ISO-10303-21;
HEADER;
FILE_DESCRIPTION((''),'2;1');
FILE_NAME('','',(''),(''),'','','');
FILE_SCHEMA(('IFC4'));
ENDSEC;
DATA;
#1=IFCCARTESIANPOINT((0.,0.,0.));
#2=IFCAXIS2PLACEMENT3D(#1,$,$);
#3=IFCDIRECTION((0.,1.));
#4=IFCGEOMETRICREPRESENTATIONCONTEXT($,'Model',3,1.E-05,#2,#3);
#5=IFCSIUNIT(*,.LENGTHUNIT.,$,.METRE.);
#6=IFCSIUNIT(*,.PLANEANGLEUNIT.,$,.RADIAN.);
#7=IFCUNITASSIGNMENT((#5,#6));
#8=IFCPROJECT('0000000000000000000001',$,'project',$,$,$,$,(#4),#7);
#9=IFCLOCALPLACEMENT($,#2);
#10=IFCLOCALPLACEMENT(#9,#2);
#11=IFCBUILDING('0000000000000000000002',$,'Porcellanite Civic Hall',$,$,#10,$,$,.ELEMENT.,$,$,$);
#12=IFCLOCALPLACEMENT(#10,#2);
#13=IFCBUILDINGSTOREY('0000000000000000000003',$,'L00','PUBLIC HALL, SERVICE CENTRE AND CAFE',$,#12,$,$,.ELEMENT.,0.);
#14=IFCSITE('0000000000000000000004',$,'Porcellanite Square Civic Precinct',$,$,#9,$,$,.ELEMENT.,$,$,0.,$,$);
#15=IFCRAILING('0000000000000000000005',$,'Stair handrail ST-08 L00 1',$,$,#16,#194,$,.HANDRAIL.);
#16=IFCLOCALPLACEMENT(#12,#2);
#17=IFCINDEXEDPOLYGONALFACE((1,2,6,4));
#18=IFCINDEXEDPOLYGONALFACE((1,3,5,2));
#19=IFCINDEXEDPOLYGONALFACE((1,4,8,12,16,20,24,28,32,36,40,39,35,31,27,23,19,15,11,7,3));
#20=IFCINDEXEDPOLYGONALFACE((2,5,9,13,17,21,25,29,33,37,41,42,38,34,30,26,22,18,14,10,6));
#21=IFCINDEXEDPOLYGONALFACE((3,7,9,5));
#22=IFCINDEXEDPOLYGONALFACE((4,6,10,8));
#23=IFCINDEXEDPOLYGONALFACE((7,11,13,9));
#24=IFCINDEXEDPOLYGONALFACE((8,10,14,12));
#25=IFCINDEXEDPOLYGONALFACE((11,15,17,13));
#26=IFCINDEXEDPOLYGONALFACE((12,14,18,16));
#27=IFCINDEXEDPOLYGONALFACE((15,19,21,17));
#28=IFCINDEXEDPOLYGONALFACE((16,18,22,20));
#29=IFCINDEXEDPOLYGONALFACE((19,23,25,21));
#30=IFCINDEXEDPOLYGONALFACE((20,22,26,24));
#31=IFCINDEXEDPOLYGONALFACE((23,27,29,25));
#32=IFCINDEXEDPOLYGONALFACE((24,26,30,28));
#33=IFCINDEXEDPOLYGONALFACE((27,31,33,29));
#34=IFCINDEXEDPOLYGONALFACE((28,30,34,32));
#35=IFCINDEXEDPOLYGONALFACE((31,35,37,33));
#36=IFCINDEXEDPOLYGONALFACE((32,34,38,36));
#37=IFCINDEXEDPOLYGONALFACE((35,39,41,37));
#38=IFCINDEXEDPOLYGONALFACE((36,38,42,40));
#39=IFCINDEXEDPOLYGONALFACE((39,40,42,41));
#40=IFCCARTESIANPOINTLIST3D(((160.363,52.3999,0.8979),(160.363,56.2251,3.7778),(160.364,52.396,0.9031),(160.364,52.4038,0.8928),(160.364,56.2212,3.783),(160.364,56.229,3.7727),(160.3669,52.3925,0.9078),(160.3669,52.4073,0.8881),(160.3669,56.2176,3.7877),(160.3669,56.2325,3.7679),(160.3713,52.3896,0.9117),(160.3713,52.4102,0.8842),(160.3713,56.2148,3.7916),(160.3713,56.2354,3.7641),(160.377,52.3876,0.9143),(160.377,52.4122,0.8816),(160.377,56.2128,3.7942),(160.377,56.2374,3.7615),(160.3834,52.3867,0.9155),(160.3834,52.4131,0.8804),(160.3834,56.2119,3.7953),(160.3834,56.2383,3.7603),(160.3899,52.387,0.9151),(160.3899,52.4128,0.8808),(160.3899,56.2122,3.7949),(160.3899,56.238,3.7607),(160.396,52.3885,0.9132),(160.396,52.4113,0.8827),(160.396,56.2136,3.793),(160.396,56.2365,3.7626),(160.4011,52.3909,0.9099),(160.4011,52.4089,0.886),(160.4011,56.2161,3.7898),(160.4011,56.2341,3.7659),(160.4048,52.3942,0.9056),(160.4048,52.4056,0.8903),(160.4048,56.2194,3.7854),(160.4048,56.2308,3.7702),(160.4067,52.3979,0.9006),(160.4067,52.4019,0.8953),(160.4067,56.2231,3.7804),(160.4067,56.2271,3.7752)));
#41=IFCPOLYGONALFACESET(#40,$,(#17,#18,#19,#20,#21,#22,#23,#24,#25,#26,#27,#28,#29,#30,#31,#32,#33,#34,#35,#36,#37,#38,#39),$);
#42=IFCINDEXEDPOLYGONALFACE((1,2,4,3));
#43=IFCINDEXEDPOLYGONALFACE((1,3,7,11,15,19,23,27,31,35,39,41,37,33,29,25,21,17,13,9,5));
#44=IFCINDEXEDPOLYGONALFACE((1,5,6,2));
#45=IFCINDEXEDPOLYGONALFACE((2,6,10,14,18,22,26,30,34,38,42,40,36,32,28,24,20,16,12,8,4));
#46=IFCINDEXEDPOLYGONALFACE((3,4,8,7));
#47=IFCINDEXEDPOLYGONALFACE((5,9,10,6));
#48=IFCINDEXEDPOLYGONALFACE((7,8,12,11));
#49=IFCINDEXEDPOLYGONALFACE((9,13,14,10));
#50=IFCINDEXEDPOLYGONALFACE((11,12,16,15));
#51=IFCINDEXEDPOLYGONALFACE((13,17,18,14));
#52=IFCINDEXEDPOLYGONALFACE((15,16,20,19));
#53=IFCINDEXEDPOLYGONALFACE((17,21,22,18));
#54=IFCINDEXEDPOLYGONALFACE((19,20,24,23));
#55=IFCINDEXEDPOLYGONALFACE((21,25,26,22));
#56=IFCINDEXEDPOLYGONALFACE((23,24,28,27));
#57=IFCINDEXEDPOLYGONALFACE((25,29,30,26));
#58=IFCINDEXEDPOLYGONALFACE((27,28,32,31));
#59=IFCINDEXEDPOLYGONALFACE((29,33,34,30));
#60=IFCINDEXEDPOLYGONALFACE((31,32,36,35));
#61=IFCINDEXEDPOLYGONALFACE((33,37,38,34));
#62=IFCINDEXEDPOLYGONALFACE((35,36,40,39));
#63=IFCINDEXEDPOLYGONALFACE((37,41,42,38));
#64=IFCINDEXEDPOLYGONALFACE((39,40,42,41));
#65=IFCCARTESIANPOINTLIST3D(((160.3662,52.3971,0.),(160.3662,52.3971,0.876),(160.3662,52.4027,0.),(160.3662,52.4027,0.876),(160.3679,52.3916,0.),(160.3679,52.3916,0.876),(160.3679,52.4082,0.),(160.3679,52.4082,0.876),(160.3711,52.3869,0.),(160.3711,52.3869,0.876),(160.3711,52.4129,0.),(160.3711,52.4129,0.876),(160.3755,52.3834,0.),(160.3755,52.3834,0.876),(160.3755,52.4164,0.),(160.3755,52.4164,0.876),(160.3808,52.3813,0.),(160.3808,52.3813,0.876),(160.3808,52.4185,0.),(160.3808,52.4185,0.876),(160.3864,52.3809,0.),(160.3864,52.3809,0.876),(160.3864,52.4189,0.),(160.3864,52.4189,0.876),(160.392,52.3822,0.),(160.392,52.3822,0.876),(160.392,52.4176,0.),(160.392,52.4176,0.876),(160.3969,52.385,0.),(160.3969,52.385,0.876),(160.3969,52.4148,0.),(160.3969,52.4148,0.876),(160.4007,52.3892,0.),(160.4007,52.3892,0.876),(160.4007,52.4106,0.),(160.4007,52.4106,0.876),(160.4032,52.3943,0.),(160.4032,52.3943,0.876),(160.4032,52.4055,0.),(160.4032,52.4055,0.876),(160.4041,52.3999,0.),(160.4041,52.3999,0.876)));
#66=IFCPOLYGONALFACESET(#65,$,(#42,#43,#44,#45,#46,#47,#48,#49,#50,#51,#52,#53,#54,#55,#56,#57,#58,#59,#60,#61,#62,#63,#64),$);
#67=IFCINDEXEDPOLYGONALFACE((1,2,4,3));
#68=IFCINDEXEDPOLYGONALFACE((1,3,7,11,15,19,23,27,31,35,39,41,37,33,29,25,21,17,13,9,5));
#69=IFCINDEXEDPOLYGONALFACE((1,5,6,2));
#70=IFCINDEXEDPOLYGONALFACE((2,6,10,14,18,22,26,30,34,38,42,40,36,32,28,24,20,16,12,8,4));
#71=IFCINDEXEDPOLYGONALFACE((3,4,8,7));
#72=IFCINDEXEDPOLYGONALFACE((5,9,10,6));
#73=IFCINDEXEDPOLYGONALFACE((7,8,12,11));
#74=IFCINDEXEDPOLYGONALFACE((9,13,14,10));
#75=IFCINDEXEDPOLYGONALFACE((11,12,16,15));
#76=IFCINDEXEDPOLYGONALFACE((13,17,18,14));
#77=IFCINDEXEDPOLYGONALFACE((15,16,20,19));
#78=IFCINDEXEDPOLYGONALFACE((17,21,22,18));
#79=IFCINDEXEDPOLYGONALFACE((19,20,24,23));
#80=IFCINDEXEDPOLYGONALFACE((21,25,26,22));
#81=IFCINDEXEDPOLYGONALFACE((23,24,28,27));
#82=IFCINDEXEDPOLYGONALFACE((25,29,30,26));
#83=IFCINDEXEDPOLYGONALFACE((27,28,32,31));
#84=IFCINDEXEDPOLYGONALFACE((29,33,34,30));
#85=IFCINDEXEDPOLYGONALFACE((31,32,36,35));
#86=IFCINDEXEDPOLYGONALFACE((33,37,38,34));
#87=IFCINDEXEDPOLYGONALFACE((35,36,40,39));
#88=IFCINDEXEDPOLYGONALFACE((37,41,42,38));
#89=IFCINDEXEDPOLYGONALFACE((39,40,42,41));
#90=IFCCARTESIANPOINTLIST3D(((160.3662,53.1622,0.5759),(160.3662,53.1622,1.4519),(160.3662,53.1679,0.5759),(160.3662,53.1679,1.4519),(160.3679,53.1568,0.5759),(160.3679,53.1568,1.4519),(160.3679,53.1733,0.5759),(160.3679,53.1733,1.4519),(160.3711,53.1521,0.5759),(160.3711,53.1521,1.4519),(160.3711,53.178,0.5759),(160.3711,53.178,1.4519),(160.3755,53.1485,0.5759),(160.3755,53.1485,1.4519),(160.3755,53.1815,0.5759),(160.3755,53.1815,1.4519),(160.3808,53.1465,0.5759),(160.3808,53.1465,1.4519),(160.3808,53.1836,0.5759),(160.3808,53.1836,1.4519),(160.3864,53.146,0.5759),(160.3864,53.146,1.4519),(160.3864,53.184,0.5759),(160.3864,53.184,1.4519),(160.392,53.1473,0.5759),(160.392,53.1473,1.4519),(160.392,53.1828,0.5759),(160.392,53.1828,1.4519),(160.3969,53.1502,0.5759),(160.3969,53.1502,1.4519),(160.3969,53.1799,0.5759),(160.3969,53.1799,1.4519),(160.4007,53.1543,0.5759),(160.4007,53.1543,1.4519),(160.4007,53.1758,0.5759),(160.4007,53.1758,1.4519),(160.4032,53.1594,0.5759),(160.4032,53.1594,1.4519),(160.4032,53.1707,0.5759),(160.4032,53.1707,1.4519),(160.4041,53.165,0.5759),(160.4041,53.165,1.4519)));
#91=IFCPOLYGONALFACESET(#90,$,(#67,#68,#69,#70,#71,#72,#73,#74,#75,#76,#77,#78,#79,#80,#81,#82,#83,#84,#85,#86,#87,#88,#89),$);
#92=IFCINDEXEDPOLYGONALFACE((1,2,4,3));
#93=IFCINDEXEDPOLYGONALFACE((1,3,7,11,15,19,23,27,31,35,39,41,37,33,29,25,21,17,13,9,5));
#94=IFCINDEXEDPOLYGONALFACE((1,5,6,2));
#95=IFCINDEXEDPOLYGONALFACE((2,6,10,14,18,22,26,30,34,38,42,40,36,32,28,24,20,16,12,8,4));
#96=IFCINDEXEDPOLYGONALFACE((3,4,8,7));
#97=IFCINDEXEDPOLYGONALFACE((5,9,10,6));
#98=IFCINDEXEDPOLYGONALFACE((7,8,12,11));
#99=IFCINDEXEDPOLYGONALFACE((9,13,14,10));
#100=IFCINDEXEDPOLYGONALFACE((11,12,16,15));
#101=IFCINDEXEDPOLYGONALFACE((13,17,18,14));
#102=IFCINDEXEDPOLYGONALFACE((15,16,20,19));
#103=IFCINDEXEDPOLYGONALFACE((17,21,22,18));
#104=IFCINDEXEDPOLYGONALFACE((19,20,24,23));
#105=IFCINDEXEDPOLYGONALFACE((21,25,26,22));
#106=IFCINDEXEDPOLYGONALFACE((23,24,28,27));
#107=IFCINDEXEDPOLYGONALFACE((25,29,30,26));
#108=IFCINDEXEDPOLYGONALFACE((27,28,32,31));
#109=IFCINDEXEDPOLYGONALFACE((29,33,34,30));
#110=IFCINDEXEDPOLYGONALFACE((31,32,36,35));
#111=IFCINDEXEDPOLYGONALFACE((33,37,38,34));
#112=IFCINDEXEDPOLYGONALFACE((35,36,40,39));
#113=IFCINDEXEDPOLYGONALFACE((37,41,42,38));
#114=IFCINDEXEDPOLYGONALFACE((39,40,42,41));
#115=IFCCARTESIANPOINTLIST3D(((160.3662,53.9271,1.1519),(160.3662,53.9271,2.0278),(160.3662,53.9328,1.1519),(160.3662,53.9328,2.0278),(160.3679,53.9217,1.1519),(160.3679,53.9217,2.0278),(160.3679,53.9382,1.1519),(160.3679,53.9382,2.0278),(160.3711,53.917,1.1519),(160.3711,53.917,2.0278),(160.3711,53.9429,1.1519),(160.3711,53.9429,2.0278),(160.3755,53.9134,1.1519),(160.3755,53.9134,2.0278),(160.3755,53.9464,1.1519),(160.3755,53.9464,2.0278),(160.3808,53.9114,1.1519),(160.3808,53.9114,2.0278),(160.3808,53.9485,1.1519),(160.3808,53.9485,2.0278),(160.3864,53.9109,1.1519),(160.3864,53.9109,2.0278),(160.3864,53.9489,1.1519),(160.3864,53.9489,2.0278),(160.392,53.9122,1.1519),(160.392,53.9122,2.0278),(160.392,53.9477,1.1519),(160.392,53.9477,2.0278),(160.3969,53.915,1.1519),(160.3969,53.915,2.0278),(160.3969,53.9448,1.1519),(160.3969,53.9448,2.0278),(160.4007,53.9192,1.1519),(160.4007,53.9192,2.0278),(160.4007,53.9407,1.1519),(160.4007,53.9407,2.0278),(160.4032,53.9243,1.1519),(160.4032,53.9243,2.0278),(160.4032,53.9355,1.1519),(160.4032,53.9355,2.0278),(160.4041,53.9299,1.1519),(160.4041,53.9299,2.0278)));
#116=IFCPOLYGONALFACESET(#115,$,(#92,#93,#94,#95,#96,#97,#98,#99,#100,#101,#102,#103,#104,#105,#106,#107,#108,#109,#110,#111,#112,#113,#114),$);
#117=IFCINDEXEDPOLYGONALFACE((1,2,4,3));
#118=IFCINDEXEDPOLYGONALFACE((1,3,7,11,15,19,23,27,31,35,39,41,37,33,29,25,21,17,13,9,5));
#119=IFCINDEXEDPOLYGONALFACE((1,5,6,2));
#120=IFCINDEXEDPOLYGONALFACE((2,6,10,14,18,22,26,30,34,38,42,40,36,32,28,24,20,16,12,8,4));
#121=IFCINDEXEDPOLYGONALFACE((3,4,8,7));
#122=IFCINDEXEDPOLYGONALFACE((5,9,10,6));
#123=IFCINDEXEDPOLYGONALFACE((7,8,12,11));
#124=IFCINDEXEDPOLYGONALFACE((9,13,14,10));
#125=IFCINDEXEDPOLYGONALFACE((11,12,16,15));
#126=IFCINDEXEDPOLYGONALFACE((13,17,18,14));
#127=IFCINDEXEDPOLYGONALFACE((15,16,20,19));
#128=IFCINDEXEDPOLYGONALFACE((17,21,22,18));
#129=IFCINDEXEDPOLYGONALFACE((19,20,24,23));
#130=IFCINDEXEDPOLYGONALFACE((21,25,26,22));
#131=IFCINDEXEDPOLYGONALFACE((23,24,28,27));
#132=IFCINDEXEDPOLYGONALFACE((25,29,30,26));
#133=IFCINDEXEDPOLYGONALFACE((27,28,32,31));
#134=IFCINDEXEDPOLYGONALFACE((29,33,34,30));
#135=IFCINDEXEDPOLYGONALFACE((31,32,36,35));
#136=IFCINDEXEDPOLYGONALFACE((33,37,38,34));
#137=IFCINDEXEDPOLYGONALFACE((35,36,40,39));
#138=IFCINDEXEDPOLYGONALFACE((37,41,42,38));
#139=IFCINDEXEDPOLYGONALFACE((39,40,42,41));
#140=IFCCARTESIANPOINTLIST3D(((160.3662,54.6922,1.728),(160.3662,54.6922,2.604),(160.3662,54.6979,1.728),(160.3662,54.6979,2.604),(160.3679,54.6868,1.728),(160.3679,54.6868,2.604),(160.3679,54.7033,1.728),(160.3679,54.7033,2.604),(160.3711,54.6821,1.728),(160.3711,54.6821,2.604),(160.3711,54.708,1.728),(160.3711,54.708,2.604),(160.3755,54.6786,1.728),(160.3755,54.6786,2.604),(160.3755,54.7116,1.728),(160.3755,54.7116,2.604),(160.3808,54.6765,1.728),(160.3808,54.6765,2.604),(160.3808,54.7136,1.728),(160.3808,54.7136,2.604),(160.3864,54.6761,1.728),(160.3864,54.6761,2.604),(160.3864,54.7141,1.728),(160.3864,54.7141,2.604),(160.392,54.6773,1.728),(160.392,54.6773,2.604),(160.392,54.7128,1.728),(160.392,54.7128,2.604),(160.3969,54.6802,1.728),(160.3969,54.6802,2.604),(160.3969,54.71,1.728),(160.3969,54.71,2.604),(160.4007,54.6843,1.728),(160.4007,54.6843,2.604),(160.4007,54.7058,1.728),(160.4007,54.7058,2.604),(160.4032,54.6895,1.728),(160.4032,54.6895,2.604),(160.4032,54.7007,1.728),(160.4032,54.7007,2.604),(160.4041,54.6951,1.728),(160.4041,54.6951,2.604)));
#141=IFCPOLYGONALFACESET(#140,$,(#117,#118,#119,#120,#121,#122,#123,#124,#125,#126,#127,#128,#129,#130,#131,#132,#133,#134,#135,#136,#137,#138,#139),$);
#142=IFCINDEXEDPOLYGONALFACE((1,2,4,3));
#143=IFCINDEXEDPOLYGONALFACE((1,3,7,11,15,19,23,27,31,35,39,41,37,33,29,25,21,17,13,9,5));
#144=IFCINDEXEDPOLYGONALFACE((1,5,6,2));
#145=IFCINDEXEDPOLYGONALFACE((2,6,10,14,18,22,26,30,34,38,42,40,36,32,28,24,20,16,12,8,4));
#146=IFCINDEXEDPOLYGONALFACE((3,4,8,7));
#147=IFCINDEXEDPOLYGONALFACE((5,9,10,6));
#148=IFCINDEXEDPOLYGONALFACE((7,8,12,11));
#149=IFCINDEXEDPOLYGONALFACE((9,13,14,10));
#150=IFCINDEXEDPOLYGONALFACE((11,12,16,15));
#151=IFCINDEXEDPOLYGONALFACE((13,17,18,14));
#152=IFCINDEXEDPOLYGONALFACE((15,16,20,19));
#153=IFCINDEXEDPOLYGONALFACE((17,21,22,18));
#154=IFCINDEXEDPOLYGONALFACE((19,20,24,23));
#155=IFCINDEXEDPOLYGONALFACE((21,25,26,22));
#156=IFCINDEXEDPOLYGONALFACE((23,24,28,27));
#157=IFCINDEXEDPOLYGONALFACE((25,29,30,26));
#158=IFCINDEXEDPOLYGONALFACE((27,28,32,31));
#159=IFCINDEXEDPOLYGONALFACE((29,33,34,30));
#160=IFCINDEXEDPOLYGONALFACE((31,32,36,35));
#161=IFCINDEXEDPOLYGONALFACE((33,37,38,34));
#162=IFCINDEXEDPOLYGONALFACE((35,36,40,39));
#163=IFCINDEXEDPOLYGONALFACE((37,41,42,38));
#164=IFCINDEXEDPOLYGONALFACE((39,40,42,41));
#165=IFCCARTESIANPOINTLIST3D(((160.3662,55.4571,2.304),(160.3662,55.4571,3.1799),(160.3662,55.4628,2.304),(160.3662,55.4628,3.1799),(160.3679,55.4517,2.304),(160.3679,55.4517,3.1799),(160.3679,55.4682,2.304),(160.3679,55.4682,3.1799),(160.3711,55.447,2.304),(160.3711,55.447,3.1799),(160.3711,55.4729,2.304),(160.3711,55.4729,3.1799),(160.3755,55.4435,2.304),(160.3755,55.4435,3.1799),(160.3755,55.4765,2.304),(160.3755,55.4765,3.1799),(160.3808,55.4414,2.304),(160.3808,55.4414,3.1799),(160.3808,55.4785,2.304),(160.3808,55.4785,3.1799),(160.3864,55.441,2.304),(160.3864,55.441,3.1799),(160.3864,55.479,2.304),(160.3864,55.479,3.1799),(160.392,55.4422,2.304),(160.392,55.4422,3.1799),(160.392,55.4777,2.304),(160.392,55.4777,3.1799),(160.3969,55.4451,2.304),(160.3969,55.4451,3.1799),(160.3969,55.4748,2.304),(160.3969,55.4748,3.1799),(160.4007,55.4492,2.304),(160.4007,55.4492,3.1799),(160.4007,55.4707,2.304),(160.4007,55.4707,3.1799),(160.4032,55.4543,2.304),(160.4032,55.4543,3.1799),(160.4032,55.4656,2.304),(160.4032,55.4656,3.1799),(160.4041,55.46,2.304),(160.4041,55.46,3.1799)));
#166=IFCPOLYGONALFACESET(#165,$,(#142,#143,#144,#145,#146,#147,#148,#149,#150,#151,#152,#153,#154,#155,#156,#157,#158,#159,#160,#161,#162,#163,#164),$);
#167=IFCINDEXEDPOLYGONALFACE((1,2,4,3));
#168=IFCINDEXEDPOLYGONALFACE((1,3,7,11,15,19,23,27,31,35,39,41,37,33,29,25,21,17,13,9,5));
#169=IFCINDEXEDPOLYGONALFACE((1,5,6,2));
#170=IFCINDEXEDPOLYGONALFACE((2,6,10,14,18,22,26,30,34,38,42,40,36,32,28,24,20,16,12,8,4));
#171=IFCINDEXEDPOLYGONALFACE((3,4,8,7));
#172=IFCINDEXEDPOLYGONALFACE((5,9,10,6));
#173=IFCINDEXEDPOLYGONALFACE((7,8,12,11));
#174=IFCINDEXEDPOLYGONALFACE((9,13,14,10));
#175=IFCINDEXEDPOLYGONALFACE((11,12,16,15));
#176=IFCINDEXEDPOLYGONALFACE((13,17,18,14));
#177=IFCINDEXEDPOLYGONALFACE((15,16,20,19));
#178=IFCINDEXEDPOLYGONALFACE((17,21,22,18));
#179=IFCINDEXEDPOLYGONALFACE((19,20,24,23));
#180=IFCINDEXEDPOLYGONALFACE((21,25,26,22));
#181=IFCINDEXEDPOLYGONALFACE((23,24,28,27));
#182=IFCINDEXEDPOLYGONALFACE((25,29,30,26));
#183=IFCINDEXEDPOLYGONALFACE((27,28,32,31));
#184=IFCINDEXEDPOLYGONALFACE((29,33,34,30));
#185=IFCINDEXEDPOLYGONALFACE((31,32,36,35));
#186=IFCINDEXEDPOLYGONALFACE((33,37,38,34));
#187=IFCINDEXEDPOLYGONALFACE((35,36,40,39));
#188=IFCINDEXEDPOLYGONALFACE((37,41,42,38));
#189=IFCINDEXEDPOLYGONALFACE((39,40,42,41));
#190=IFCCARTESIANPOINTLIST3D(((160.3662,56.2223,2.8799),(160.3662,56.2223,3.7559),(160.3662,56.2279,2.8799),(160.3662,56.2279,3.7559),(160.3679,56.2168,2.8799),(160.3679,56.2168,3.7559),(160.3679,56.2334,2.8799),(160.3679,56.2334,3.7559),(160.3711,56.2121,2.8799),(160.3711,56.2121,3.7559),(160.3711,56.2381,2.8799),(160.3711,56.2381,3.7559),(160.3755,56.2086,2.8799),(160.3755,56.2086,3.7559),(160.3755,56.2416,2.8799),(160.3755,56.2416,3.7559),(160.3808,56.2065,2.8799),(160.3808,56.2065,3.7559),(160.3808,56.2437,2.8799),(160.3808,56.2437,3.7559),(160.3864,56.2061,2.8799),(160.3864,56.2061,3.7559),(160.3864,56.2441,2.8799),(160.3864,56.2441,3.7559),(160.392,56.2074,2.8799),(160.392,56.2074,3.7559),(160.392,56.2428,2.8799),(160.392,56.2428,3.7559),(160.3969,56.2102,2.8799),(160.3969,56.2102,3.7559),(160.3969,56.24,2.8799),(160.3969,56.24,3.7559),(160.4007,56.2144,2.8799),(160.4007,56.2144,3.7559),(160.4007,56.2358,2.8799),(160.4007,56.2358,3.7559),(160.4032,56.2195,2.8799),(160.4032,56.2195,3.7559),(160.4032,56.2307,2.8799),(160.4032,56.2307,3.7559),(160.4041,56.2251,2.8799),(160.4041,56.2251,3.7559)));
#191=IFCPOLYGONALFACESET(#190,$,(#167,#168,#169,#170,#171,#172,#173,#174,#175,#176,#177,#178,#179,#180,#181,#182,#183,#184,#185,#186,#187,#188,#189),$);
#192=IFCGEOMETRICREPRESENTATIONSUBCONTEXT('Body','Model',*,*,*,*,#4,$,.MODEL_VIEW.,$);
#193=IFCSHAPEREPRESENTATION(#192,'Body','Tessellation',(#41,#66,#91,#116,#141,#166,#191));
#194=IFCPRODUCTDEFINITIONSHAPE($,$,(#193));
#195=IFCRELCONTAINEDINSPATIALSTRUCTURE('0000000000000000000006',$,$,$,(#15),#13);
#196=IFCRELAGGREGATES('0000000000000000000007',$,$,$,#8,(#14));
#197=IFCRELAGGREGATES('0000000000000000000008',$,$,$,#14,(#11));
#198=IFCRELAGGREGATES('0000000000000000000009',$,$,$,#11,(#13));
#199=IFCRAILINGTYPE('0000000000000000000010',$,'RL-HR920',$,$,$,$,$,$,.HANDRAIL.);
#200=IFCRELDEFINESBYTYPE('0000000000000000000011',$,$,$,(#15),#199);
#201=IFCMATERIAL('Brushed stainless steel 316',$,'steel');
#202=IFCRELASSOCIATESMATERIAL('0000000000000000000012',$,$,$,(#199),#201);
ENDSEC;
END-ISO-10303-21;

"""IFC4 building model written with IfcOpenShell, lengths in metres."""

from ifc_helpers import new_model, si_unit, direction, frame, origin, origin_2d, place, context, subcontext, project, spatial, circle, extrude, material, type_object, element, save


model = new_model("IFC4")

# Units and contexts
model_context = context("Model", 3, precision=1e-05, world=origin(), true_north=direction((0.0, 1.0)))
body_context = subcontext(model_context, "Body", "Model", "MODEL_VIEW")
ifc_project = project(units=[si_unit("LENGTHUNIT", "METRE"), si_unit("PLANEANGLEUNIT", "RADIAN")], contexts=[model_context])

# Site, building, storey
site_placement = place(None, origin())
site = spatial("IfcSite", under=ifc_project, at=site_placement, Name="Porcellanite Square Civic Precinct", CompositionType="ELEMENT", RefElevation=0.0)
building_placement = place(site_placement, origin())
building = spatial("IfcBuilding", under=site, at=building_placement, Name="Porcellanite Civic Hall", CompositionType="ELEMENT")
storey_placement = place(building_placement, origin())
storey = spatial("IfcBuildingStorey", under=building, at=storey_placement, Name="L00", Description="PUBLIC HALL, SERVICE CENTRE AND CAFE", CompositionType="ELEMENT", Elevation=0.0)

# Railing
ifc_material_1 = material(Name="Brushed stainless steel 316", Category="steel")
railing_type_1 = type_object("IfcRailingType", Name="RL-HR920", PredefinedType="HANDRAIL", material=ifc_material_1)
railing_1_placement = place(storey_placement, frame((160.385, 52.3999, 0.0)))
element("IfcRailing", 1, at=railing_1_placement, inside=storey, type_object=railing_type_1, Name="Stair handrail ST-08 L00 1", PredefinedType="HANDRAIL", context=body_context, shape_type="SweptSolid", body=[
    extrude(circle(Radius=0.022, at=origin_2d()), frame((0.0, 0.0, 0.8979), z_axis=(0.0, 0.798897, 0.601467), x_axis=(-1.0, 0.0, 0.0)), (0.0, 0.0, 1.0), 4.7881),
    extrude(circle(Radius=0.019, at=origin_2d()), origin(), (0.0, 0.0, 1.0), 0.876),
    extrude(circle(Radius=0.019, at=origin_2d()), frame((0.0, 0.7651, 0.5759)), (0.0, 0.0, 1.0), 0.876),
    extrude(circle(Radius=0.019, at=origin_2d()), frame((0.0, 1.53, 1.1519)), (0.0, 0.0, 1.0), 0.876),
    extrude(circle(Radius=0.019, at=origin_2d()), frame((0.0, 2.2952, 1.728)), (0.0, 0.0, 1.0), 0.876),
    extrude(circle(Radius=0.019, at=origin_2d()), frame((0.0, 3.0601, 2.304)), (0.0, 0.0, 1.0), 0.876),
    extrude(circle(Radius=0.019, at=origin_2d()), frame((0.0, 3.8252, 2.8799)), (0.0, 0.0, 1.0), 0.876),
])

save(model, "model.ifc")
